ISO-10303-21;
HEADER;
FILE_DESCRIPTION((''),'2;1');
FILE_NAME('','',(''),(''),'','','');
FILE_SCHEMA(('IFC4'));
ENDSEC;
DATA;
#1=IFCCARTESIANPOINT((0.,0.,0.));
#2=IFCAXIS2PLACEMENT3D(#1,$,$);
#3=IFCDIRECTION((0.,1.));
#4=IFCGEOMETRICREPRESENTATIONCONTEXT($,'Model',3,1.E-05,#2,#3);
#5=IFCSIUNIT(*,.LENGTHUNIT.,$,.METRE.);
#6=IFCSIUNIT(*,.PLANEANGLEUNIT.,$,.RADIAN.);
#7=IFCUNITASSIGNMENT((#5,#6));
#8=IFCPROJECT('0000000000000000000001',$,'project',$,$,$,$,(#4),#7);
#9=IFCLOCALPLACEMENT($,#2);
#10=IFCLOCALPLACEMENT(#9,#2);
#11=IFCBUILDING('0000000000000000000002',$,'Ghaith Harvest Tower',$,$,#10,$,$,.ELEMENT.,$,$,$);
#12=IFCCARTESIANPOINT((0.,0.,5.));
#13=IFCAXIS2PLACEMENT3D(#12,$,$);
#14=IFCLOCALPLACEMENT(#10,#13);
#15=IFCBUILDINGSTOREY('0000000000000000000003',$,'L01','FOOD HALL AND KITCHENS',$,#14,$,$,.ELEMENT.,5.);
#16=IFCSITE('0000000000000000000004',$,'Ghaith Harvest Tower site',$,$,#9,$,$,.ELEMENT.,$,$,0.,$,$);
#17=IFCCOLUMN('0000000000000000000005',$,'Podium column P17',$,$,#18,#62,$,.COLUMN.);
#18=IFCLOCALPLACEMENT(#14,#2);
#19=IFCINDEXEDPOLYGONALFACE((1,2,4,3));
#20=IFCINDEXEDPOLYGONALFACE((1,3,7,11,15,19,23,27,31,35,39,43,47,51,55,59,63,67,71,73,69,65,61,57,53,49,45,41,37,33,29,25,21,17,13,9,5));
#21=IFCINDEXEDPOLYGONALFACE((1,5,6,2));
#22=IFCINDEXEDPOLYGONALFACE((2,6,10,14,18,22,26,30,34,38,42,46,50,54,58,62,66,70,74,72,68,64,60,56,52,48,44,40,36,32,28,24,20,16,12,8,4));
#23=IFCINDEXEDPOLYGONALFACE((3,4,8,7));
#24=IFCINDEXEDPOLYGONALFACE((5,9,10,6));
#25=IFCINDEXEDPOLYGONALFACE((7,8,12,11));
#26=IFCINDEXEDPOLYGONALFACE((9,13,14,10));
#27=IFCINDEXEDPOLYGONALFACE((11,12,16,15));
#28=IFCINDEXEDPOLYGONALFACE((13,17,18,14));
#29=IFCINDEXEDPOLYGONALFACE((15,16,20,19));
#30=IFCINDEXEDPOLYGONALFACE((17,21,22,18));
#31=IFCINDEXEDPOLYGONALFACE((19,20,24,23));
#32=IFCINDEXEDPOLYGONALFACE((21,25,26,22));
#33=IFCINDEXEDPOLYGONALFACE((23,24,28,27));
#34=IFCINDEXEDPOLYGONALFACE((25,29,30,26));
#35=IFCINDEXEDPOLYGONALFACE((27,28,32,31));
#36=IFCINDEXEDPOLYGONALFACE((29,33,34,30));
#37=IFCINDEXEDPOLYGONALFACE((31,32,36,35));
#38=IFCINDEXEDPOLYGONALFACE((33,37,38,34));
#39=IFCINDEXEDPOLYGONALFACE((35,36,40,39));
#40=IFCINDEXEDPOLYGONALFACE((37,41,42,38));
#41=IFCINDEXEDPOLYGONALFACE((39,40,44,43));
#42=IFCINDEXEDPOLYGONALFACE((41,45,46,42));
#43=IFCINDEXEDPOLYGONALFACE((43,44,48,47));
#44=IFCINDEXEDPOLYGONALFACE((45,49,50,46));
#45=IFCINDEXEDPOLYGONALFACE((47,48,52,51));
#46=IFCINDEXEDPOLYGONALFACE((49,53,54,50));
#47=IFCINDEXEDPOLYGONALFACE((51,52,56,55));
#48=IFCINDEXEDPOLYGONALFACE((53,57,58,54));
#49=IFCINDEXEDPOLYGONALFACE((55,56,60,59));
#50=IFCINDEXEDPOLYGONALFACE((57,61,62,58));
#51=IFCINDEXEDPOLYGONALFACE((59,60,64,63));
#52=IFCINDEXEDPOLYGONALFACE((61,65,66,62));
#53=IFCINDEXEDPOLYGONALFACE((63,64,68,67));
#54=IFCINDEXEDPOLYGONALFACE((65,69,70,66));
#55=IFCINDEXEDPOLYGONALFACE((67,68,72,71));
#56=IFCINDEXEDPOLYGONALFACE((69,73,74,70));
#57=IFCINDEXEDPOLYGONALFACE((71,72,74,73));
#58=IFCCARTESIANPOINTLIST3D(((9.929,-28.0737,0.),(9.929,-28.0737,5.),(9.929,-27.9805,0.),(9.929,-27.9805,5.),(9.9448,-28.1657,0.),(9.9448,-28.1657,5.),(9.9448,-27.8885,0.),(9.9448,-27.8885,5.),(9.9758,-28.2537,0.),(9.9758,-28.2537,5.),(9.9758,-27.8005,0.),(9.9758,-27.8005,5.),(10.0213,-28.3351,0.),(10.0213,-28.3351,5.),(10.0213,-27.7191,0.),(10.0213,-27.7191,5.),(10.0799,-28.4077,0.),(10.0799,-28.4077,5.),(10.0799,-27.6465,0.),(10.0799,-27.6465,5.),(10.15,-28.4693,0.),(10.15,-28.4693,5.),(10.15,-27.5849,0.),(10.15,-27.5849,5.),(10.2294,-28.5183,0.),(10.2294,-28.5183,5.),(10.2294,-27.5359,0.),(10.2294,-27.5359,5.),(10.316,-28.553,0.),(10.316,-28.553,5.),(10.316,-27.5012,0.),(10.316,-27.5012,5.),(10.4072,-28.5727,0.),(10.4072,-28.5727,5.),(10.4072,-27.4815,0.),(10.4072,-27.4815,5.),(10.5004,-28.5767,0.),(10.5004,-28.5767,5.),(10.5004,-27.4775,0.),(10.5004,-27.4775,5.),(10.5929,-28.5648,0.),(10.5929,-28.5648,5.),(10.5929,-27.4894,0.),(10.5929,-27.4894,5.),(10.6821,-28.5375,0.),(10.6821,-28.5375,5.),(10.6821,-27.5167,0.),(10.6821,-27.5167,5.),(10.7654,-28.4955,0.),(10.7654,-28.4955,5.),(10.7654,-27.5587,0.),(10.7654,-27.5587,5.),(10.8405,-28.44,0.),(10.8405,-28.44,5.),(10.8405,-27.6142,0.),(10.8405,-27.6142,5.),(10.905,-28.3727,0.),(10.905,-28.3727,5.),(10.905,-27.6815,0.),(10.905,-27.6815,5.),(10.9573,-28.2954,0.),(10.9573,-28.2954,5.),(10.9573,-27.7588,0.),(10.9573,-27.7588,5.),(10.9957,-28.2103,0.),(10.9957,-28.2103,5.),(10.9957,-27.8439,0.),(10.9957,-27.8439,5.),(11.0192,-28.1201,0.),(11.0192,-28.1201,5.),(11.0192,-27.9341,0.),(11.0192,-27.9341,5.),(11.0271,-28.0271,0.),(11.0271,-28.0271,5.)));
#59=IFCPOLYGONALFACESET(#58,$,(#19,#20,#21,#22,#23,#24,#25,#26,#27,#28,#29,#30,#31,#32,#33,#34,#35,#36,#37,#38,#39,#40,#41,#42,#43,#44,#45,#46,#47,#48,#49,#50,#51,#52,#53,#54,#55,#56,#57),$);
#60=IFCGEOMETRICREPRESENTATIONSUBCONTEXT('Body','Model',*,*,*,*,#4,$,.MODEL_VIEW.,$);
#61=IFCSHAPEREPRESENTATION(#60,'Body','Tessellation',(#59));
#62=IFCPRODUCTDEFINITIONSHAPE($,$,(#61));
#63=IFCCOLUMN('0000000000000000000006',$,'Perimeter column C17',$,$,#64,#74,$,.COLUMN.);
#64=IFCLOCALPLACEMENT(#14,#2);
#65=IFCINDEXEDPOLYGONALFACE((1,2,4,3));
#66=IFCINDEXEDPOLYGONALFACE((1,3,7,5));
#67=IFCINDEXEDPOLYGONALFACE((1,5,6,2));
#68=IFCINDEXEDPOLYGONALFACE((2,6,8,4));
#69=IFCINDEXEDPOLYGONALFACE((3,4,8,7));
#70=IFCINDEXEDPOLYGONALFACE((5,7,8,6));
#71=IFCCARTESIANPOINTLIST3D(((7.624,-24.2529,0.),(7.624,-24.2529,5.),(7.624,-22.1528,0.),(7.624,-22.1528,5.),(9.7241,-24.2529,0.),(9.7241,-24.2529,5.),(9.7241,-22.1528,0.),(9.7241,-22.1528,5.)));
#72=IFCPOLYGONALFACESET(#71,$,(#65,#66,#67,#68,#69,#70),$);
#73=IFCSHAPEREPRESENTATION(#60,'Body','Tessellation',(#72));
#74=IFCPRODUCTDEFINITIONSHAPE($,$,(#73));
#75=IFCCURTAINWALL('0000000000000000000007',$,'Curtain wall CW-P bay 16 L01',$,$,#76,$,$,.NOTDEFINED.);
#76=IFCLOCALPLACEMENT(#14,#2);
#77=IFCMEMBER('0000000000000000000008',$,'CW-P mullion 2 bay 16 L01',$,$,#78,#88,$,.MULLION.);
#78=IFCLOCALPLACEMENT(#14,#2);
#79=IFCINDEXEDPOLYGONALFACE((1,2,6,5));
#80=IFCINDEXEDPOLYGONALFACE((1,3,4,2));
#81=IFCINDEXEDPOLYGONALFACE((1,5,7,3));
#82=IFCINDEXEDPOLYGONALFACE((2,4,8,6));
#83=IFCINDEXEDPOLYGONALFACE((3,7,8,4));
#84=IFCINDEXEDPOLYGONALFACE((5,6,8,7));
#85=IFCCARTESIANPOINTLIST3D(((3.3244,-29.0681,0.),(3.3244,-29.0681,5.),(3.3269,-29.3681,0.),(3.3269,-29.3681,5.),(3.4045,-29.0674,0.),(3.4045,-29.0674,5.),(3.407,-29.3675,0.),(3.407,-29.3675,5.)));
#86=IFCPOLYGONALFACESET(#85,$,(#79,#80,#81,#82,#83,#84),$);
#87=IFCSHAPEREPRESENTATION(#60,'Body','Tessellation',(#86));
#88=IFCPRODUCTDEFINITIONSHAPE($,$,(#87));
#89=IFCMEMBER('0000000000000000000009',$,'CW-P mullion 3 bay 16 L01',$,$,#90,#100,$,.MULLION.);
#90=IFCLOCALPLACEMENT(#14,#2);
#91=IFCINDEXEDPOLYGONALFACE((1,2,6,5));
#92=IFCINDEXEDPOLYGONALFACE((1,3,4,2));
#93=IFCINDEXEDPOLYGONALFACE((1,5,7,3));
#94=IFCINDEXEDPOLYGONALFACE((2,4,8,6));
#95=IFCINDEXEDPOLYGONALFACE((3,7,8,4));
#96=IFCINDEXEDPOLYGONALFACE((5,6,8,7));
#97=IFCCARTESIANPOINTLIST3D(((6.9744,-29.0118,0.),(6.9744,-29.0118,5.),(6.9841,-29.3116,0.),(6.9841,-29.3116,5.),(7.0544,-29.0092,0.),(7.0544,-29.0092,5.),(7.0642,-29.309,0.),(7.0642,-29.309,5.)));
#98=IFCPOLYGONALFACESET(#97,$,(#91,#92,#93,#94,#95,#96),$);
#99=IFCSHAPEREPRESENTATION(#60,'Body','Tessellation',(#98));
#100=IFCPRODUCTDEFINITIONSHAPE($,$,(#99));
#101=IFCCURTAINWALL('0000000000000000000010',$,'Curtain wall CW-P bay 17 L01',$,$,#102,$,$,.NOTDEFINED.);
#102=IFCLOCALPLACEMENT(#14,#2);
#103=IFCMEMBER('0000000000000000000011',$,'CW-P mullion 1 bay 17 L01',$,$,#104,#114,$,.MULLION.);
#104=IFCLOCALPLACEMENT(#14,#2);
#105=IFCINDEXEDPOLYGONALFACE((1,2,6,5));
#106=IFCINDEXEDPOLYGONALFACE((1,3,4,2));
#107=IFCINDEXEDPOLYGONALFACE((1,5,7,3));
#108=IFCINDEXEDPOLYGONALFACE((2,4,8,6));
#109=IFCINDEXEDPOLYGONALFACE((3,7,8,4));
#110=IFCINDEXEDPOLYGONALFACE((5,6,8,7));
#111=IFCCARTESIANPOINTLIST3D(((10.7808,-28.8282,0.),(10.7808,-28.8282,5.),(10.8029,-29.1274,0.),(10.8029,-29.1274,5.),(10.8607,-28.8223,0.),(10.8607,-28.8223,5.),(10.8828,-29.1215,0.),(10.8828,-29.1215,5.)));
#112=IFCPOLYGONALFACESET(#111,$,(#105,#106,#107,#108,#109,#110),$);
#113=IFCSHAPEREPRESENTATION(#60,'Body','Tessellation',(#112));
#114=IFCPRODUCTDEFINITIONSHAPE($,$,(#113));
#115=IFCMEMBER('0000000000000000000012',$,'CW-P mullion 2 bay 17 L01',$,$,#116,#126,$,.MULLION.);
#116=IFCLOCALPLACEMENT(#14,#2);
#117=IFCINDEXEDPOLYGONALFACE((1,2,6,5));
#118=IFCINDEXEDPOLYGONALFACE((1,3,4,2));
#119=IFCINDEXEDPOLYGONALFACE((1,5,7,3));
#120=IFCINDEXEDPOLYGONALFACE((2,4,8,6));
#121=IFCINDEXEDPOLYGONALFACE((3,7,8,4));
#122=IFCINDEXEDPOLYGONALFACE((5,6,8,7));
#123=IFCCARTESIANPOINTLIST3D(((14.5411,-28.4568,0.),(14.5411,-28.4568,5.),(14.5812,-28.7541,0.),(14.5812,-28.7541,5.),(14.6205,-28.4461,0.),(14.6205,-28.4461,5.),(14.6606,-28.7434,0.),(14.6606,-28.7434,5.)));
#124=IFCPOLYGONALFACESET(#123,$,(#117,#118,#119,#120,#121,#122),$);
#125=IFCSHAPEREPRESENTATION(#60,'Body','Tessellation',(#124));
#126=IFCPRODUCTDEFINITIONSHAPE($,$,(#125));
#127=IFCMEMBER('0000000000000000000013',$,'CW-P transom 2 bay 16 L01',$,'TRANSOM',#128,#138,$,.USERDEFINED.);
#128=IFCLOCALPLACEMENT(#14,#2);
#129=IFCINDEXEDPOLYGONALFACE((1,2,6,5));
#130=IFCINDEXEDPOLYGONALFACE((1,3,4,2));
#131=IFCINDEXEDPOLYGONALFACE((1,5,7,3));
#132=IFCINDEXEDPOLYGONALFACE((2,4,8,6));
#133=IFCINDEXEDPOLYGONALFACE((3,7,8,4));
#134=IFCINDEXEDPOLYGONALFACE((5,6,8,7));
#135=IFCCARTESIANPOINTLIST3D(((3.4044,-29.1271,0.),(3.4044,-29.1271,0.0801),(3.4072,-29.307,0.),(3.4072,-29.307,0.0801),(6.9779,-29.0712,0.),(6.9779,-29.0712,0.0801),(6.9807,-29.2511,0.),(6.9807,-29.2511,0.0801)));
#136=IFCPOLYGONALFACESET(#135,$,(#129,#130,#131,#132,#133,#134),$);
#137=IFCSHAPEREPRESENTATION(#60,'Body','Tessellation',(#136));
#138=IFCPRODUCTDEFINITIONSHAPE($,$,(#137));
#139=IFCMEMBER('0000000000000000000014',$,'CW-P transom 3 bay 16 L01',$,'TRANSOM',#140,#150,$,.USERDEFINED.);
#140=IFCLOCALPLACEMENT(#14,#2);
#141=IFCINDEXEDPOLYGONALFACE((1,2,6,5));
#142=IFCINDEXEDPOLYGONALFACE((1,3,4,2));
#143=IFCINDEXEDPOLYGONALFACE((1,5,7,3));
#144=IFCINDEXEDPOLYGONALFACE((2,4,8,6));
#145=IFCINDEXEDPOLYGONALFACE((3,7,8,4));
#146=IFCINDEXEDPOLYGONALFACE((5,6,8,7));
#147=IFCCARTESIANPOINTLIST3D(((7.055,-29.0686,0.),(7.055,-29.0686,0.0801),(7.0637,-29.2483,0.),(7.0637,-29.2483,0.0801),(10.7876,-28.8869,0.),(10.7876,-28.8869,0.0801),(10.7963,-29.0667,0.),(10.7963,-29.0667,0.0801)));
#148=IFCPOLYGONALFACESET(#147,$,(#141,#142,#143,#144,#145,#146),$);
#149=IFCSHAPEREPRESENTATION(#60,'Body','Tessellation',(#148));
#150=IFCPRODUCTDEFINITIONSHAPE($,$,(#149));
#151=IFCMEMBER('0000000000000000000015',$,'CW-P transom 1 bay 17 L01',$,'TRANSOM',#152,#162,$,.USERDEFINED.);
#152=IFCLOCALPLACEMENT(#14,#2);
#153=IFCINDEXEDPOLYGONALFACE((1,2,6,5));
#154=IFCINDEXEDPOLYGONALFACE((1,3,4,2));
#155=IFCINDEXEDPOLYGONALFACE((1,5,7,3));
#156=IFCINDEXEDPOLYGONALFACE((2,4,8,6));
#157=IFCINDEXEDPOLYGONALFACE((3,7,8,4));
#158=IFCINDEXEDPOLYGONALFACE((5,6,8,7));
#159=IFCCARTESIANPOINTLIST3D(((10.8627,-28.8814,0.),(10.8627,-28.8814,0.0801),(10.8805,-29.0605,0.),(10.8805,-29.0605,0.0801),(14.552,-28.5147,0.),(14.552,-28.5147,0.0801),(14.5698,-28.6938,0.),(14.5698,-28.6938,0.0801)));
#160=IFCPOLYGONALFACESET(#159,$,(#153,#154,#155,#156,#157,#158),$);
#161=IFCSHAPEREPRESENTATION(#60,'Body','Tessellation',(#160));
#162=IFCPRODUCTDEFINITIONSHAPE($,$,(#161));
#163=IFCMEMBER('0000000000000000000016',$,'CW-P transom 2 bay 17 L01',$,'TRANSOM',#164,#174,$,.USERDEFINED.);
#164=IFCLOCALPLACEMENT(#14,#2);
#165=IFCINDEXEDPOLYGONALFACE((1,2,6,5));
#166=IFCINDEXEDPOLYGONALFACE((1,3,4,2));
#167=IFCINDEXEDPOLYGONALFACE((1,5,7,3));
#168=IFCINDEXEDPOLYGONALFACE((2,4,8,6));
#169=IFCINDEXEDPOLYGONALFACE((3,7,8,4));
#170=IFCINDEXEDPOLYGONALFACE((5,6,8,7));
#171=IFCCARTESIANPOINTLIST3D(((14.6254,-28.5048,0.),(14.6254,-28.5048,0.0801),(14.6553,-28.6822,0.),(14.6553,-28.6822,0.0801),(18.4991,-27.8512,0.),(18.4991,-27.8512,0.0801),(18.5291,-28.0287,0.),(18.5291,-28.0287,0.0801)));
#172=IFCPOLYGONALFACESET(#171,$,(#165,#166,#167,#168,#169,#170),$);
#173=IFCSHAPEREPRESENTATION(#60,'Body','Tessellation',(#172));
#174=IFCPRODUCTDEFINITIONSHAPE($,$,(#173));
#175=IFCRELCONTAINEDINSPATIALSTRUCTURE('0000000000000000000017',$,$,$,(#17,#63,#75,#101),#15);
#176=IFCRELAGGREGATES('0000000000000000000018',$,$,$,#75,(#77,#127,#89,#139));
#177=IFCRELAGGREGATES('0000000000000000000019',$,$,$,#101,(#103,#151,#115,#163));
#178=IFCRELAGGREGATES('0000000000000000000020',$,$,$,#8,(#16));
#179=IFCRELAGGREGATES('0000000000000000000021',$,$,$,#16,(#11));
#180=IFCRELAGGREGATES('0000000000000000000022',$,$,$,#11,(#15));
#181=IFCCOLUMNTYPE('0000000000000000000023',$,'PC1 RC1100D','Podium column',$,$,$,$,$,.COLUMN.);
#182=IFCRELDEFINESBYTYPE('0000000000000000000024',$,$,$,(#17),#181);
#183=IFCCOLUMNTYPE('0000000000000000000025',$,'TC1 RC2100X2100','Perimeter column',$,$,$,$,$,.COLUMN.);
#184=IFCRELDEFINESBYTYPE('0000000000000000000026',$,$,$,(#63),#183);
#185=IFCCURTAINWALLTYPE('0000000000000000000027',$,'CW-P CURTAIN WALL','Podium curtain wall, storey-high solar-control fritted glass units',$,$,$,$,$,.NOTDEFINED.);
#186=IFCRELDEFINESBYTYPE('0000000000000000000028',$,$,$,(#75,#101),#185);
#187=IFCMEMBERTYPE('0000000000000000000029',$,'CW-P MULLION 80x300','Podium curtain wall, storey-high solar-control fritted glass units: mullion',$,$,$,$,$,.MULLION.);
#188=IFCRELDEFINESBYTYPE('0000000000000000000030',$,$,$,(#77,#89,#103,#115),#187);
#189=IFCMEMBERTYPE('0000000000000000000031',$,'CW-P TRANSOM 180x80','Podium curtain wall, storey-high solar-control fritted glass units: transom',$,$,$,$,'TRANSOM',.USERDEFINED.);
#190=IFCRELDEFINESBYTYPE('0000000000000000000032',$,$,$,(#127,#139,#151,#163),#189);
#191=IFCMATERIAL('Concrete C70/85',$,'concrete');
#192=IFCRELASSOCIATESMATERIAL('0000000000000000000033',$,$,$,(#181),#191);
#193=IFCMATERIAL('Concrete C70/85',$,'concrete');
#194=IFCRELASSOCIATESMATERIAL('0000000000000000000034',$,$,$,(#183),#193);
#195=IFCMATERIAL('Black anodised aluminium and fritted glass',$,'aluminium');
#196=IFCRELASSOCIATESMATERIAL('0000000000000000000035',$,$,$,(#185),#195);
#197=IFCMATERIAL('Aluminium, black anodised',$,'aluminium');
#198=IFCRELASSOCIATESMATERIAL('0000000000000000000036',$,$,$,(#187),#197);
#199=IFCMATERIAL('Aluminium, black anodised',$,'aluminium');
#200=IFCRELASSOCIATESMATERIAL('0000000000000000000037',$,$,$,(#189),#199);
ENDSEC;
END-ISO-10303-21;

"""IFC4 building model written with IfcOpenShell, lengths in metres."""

from ifc_helpers import new_model, si_unit, direction, frame, origin, origin_2d, place, context, subcontext, project, spatial, rectangle, circle, extrude, material, material_profile, profile_set, type_object, element, aggregate, save


model = new_model("IFC4")

# Units and contexts
model_context = context("Model", 3, precision=1e-05, world=origin(), true_north=direction((0.0, 1.0)))
body_context = subcontext(model_context, "Body", "Model", "MODEL_VIEW")
ifc_project = project(units=[si_unit("LENGTHUNIT", "METRE"), si_unit("PLANEANGLEUNIT", "RADIAN")], contexts=[model_context])

# Site, building, storey
site_placement = place(None, origin())
site = spatial("IfcSite", under=ifc_project, at=site_placement, Name="Ghaith Harvest Tower site", CompositionType="ELEMENT", RefElevation=0.0)
building_placement = place(site_placement, origin())
building = spatial("IfcBuilding", under=site, at=building_placement, Name="Ghaith Harvest Tower", CompositionType="ELEMENT")
storey_placement = place(building_placement, frame((0.0, 0.0, 5.0)))
storey = spatial("IfcBuildingStorey", under=building, at=storey_placement, Name="L01", Description="FOOD HALL AND KITCHENS", CompositionType="ELEMENT", Elevation=5.0)

# Columns
ifc_material_1 = material(Name="Concrete C70/85", Category="concrete")
ifc_material_profile_1 = material_profile(ifc_material_1, circle(Radius=0.55, at=origin_2d()), Name="RC1100D")
ifc_profile_set_1 = profile_set([ifc_material_profile_1], Name="Concrete C70/85")
column_type_1 = type_object("IfcColumnType", Name="PC1 RC1100D", Description="Podium column", PredefinedType="COLUMN", material=ifc_profile_set_1)
column_1_placement = place(storey_placement, frame((10.4771, -28.0271, 0.0), z_axis=(0.0, 0.0, 1.0), x_axis=(1.0, 0.0, 0.0)))
element("IfcColumn", 1, at=column_1_placement, inside=storey, type_object=column_type_1, Name="Podium column P17", PredefinedType="COLUMN", context=body_context, shape_type="SweptSolid", body=[
    extrude(circle(Radius=0.55, at=origin_2d()), origin(), (0.0, 0.0, 1.0), 5.0),
])
ifc_material_2 = material(Name="Concrete C70/85", Category="concrete")
ifc_material_profile_2 = material_profile(ifc_material_2, rectangle(XDim=2.1001, YDim=2.1001, at=origin_2d()), Name="RC2100X2100")
ifc_profile_set_2 = profile_set([ifc_material_profile_2], Name="Concrete C70/85")
column_type_2 = type_object("IfcColumnType", Name="TC1 RC2100X2100", Description="Perimeter column", PredefinedType="COLUMN", material=ifc_profile_set_2)
column_2_placement = place(storey_placement, frame((8.6741, -23.2029, 0.0), z_axis=(0.0, 0.0, 1.0), x_axis=(1.0, 0.0, 0.0)))
element("IfcColumn", 2, at=column_2_placement, inside=storey, type_object=column_type_2, Name="Perimeter column C17", PredefinedType="COLUMN", context=body_context, shape_type="SweptSolid", body=[
    extrude(rectangle(XDim=2.1001, YDim=2.1001, at=origin_2d()), origin(), (0.0, 0.0, 1.0), 5.0),
])

# Curtain walls, members
ifc_material_3 = material(Name="Black anodised aluminium and fritted glass", Category="aluminium")
curtain_wall_type = type_object("IfcCurtainWallType", Name="CW-P CURTAIN WALL", Description="Podium curtain wall, storey-high solar-control fritted glass units", PredefinedType="NOTDEFINED", material=ifc_material_3)
curtain_wall_1_placement = place(storey_placement, origin())
curtain_wall_1 = element("IfcCurtainWall", 3, at=curtain_wall_1_placement, inside=storey, type_object=curtain_wall_type, Name="Curtain wall CW-P bay 16 L01", PredefinedType="NOTDEFINED")
ifc_material_4 = material(Name="Aluminium, black anodised", Category="aluminium")
ifc_material_profile_3 = material_profile(ifc_material_4, rectangle(XDim=0.0801, YDim=0.3, at=origin_2d()), Name="CW-P MULLION 80x300")
ifc_profile_set_3 = profile_set([ifc_material_profile_3], Name="Aluminium, black anodised")
member_type_1 = type_object("IfcMemberType", Name="CW-P MULLION 80x300", Description="Podium curtain wall, storey-high solar-control fritted glass units: mullion", PredefinedType="MULLION", material=ifc_profile_set_3)
member_1_placement = place(storey_placement, frame((3.3657, -29.2178, 0.0), z_axis=(0.0, 0.0, 1.0), x_axis=(0.999966, 0.008259, 0.0)))
member_1 = element("IfcMember", 4, at=member_1_placement, type_object=member_type_1, Name="CW-P mullion 2 bay 16 L01", PredefinedType="MULLION", context=body_context, shape_type="SweptSolid", body=[
    extrude(rectangle(XDim=0.0801, YDim=0.3, at=origin_2d()), origin(), (0.0, 0.0, 1.0), 5.0),
])
member_2_placement = place(storey_placement, frame((7.0193, -29.1604, 0.0), z_axis=(0.0, 0.0, 1.0), x_axis=(0.999472, 0.032493, 0.0)))
member_2 = element("IfcMember", 5, at=member_2_placement, type_object=member_type_1, Name="CW-P mullion 3 bay 16 L01", PredefinedType="MULLION", context=body_context, shape_type="SweptSolid", body=[
    extrude(rectangle(XDim=0.0801, YDim=0.3, at=origin_2d()), origin(), (0.0, 0.0, 1.0), 5.0),
])
curtain_wall_2_placement = place(storey_placement, origin())
curtain_wall_2 = element("IfcCurtainWall", 6, at=curtain_wall_2_placement, inside=storey, type_object=curtain_wall_type, Name="Curtain wall CW-P bay 17 L01", PredefinedType="NOTDEFINED")
member_3_placement = place(storey_placement, frame((10.8318, -28.9749, 0.0), z_axis=(0.0, 0.0, 1.0), x_axis=(0.997281, 0.073698, 0.0)))
member_3 = element("IfcMember", 7, at=member_3_placement, type_object=member_type_1, Name="CW-P mullion 1 bay 17 L01", PredefinedType="MULLION", context=body_context, shape_type="SweptSolid", body=[
    extrude(rectangle(XDim=0.0801, YDim=0.3, at=origin_2d()), origin(), (0.0, 0.0, 1.0), 5.0),
])
member_4_placement = place(storey_placement, frame((14.6008, -28.6001, 0.0), z_axis=(0.0, 0.0, 1.0), x_axis=(0.991022, 0.133697, 0.0)))
member_4 = element("IfcMember", 8, at=member_4_placement, type_object=member_type_1, Name="CW-P mullion 2 bay 17 L01", PredefinedType="MULLION", context=body_context, shape_type="SweptSolid", body=[
    extrude(rectangle(XDim=0.0801, YDim=0.3, at=origin_2d()), origin(), (0.0, 0.0, 1.0), 5.0),
])

# Members
ifc_material_5 = material(Name="Aluminium, black anodised", Category="aluminium")
ifc_material_profile_4 = material_profile(ifc_material_5, rectangle(XDim=0.1799, YDim=0.0801, at=origin_2d()), Name="CW-P TRANSOM 180x80")
ifc_profile_set_4 = profile_set([ifc_material_profile_4], Name="Aluminium, black anodised")
member_type_2 = type_object("IfcMemberType", Name="CW-P TRANSOM 180x80", Description="Podium curtain wall, storey-high solar-control fritted glass units: transom", ElementType="TRANSOM", PredefinedType="USERDEFINED", material=ifc_profile_set_4)
member_5_placement = place(storey_placement, frame((3.4058, -29.217, 0.04), z_axis=(0.999878, 0.015643, 0.0), x_axis=(-0.015643, 0.999878, 0.0)))
member_5 = element("IfcMember", 9, at=member_5_placement, type_object=member_type_2, Name="CW-P transom 2 bay 16 L01", ObjectType="TRANSOM", PredefinedType="USERDEFINED", context=body_context, shape_type="SweptSolid", body=[
    extrude(rectangle(XDim=0.1799, YDim=0.0801, at=origin_2d()), origin(), (0.0, 0.0, 1.0), 3.574),
])
member_6_placement = place(storey_placement, frame((7.0593, -29.1584, 0.04), z_axis=(0.998818, 0.048605, 0.0), x_axis=(-0.048605, 0.998818, 0.0)))
member_6 = element("IfcMember", 10, at=member_6_placement, type_object=member_type_2, Name="CW-P transom 3 bay 16 L01", ObjectType="TRANSOM", PredefinedType="USERDEFINED", context=body_context, shape_type="SweptSolid", body=[
    extrude(rectangle(XDim=0.1799, YDim=0.0801, at=origin_2d()), origin(), (0.0, 0.0, 1.0), 3.7371),
])
member_7_placement = place(storey_placement, frame((10.8716, -28.9709, 0.04), z_axis=(0.995097, 0.098904, 0.0), x_axis=(-0.098904, 0.995097, 0.0)))
member_7 = element("IfcMember", 11, at=member_7_placement, type_object=member_type_2, Name="CW-P transom 1 bay 17 L01", ObjectType="TRANSOM", PredefinedType="USERDEFINED", context=body_context, shape_type="SweptSolid", body=[
    extrude(rectangle(XDim=0.1799, YDim=0.0801, at=origin_2d()), origin(), (0.0, 0.0, 1.0), 3.7075),
])
member_8_placement = place(storey_placement, frame((14.6404, -28.5935, 0.04), z_axis=(0.986064, 0.166364, 0.0), x_axis=(-0.166364, 0.986064, 0.0)))
member_8 = element("IfcMember", 12, at=member_8_placement, type_object=member_type_2, Name="CW-P transom 2 bay 17 L01", ObjectType="TRANSOM", PredefinedType="USERDEFINED", context=body_context, shape_type="SweptSolid", body=[
    extrude(rectangle(XDim=0.1799, YDim=0.0801, at=origin_2d()), origin(), (0.0, 0.0, 1.0), 3.9285),
])

aggregate(curtain_wall_1, [member_1, member_5, member_2, member_6])
aggregate(curtain_wall_2, [member_3, member_7, member_4, member_8])

save(model, "model.ifc")
